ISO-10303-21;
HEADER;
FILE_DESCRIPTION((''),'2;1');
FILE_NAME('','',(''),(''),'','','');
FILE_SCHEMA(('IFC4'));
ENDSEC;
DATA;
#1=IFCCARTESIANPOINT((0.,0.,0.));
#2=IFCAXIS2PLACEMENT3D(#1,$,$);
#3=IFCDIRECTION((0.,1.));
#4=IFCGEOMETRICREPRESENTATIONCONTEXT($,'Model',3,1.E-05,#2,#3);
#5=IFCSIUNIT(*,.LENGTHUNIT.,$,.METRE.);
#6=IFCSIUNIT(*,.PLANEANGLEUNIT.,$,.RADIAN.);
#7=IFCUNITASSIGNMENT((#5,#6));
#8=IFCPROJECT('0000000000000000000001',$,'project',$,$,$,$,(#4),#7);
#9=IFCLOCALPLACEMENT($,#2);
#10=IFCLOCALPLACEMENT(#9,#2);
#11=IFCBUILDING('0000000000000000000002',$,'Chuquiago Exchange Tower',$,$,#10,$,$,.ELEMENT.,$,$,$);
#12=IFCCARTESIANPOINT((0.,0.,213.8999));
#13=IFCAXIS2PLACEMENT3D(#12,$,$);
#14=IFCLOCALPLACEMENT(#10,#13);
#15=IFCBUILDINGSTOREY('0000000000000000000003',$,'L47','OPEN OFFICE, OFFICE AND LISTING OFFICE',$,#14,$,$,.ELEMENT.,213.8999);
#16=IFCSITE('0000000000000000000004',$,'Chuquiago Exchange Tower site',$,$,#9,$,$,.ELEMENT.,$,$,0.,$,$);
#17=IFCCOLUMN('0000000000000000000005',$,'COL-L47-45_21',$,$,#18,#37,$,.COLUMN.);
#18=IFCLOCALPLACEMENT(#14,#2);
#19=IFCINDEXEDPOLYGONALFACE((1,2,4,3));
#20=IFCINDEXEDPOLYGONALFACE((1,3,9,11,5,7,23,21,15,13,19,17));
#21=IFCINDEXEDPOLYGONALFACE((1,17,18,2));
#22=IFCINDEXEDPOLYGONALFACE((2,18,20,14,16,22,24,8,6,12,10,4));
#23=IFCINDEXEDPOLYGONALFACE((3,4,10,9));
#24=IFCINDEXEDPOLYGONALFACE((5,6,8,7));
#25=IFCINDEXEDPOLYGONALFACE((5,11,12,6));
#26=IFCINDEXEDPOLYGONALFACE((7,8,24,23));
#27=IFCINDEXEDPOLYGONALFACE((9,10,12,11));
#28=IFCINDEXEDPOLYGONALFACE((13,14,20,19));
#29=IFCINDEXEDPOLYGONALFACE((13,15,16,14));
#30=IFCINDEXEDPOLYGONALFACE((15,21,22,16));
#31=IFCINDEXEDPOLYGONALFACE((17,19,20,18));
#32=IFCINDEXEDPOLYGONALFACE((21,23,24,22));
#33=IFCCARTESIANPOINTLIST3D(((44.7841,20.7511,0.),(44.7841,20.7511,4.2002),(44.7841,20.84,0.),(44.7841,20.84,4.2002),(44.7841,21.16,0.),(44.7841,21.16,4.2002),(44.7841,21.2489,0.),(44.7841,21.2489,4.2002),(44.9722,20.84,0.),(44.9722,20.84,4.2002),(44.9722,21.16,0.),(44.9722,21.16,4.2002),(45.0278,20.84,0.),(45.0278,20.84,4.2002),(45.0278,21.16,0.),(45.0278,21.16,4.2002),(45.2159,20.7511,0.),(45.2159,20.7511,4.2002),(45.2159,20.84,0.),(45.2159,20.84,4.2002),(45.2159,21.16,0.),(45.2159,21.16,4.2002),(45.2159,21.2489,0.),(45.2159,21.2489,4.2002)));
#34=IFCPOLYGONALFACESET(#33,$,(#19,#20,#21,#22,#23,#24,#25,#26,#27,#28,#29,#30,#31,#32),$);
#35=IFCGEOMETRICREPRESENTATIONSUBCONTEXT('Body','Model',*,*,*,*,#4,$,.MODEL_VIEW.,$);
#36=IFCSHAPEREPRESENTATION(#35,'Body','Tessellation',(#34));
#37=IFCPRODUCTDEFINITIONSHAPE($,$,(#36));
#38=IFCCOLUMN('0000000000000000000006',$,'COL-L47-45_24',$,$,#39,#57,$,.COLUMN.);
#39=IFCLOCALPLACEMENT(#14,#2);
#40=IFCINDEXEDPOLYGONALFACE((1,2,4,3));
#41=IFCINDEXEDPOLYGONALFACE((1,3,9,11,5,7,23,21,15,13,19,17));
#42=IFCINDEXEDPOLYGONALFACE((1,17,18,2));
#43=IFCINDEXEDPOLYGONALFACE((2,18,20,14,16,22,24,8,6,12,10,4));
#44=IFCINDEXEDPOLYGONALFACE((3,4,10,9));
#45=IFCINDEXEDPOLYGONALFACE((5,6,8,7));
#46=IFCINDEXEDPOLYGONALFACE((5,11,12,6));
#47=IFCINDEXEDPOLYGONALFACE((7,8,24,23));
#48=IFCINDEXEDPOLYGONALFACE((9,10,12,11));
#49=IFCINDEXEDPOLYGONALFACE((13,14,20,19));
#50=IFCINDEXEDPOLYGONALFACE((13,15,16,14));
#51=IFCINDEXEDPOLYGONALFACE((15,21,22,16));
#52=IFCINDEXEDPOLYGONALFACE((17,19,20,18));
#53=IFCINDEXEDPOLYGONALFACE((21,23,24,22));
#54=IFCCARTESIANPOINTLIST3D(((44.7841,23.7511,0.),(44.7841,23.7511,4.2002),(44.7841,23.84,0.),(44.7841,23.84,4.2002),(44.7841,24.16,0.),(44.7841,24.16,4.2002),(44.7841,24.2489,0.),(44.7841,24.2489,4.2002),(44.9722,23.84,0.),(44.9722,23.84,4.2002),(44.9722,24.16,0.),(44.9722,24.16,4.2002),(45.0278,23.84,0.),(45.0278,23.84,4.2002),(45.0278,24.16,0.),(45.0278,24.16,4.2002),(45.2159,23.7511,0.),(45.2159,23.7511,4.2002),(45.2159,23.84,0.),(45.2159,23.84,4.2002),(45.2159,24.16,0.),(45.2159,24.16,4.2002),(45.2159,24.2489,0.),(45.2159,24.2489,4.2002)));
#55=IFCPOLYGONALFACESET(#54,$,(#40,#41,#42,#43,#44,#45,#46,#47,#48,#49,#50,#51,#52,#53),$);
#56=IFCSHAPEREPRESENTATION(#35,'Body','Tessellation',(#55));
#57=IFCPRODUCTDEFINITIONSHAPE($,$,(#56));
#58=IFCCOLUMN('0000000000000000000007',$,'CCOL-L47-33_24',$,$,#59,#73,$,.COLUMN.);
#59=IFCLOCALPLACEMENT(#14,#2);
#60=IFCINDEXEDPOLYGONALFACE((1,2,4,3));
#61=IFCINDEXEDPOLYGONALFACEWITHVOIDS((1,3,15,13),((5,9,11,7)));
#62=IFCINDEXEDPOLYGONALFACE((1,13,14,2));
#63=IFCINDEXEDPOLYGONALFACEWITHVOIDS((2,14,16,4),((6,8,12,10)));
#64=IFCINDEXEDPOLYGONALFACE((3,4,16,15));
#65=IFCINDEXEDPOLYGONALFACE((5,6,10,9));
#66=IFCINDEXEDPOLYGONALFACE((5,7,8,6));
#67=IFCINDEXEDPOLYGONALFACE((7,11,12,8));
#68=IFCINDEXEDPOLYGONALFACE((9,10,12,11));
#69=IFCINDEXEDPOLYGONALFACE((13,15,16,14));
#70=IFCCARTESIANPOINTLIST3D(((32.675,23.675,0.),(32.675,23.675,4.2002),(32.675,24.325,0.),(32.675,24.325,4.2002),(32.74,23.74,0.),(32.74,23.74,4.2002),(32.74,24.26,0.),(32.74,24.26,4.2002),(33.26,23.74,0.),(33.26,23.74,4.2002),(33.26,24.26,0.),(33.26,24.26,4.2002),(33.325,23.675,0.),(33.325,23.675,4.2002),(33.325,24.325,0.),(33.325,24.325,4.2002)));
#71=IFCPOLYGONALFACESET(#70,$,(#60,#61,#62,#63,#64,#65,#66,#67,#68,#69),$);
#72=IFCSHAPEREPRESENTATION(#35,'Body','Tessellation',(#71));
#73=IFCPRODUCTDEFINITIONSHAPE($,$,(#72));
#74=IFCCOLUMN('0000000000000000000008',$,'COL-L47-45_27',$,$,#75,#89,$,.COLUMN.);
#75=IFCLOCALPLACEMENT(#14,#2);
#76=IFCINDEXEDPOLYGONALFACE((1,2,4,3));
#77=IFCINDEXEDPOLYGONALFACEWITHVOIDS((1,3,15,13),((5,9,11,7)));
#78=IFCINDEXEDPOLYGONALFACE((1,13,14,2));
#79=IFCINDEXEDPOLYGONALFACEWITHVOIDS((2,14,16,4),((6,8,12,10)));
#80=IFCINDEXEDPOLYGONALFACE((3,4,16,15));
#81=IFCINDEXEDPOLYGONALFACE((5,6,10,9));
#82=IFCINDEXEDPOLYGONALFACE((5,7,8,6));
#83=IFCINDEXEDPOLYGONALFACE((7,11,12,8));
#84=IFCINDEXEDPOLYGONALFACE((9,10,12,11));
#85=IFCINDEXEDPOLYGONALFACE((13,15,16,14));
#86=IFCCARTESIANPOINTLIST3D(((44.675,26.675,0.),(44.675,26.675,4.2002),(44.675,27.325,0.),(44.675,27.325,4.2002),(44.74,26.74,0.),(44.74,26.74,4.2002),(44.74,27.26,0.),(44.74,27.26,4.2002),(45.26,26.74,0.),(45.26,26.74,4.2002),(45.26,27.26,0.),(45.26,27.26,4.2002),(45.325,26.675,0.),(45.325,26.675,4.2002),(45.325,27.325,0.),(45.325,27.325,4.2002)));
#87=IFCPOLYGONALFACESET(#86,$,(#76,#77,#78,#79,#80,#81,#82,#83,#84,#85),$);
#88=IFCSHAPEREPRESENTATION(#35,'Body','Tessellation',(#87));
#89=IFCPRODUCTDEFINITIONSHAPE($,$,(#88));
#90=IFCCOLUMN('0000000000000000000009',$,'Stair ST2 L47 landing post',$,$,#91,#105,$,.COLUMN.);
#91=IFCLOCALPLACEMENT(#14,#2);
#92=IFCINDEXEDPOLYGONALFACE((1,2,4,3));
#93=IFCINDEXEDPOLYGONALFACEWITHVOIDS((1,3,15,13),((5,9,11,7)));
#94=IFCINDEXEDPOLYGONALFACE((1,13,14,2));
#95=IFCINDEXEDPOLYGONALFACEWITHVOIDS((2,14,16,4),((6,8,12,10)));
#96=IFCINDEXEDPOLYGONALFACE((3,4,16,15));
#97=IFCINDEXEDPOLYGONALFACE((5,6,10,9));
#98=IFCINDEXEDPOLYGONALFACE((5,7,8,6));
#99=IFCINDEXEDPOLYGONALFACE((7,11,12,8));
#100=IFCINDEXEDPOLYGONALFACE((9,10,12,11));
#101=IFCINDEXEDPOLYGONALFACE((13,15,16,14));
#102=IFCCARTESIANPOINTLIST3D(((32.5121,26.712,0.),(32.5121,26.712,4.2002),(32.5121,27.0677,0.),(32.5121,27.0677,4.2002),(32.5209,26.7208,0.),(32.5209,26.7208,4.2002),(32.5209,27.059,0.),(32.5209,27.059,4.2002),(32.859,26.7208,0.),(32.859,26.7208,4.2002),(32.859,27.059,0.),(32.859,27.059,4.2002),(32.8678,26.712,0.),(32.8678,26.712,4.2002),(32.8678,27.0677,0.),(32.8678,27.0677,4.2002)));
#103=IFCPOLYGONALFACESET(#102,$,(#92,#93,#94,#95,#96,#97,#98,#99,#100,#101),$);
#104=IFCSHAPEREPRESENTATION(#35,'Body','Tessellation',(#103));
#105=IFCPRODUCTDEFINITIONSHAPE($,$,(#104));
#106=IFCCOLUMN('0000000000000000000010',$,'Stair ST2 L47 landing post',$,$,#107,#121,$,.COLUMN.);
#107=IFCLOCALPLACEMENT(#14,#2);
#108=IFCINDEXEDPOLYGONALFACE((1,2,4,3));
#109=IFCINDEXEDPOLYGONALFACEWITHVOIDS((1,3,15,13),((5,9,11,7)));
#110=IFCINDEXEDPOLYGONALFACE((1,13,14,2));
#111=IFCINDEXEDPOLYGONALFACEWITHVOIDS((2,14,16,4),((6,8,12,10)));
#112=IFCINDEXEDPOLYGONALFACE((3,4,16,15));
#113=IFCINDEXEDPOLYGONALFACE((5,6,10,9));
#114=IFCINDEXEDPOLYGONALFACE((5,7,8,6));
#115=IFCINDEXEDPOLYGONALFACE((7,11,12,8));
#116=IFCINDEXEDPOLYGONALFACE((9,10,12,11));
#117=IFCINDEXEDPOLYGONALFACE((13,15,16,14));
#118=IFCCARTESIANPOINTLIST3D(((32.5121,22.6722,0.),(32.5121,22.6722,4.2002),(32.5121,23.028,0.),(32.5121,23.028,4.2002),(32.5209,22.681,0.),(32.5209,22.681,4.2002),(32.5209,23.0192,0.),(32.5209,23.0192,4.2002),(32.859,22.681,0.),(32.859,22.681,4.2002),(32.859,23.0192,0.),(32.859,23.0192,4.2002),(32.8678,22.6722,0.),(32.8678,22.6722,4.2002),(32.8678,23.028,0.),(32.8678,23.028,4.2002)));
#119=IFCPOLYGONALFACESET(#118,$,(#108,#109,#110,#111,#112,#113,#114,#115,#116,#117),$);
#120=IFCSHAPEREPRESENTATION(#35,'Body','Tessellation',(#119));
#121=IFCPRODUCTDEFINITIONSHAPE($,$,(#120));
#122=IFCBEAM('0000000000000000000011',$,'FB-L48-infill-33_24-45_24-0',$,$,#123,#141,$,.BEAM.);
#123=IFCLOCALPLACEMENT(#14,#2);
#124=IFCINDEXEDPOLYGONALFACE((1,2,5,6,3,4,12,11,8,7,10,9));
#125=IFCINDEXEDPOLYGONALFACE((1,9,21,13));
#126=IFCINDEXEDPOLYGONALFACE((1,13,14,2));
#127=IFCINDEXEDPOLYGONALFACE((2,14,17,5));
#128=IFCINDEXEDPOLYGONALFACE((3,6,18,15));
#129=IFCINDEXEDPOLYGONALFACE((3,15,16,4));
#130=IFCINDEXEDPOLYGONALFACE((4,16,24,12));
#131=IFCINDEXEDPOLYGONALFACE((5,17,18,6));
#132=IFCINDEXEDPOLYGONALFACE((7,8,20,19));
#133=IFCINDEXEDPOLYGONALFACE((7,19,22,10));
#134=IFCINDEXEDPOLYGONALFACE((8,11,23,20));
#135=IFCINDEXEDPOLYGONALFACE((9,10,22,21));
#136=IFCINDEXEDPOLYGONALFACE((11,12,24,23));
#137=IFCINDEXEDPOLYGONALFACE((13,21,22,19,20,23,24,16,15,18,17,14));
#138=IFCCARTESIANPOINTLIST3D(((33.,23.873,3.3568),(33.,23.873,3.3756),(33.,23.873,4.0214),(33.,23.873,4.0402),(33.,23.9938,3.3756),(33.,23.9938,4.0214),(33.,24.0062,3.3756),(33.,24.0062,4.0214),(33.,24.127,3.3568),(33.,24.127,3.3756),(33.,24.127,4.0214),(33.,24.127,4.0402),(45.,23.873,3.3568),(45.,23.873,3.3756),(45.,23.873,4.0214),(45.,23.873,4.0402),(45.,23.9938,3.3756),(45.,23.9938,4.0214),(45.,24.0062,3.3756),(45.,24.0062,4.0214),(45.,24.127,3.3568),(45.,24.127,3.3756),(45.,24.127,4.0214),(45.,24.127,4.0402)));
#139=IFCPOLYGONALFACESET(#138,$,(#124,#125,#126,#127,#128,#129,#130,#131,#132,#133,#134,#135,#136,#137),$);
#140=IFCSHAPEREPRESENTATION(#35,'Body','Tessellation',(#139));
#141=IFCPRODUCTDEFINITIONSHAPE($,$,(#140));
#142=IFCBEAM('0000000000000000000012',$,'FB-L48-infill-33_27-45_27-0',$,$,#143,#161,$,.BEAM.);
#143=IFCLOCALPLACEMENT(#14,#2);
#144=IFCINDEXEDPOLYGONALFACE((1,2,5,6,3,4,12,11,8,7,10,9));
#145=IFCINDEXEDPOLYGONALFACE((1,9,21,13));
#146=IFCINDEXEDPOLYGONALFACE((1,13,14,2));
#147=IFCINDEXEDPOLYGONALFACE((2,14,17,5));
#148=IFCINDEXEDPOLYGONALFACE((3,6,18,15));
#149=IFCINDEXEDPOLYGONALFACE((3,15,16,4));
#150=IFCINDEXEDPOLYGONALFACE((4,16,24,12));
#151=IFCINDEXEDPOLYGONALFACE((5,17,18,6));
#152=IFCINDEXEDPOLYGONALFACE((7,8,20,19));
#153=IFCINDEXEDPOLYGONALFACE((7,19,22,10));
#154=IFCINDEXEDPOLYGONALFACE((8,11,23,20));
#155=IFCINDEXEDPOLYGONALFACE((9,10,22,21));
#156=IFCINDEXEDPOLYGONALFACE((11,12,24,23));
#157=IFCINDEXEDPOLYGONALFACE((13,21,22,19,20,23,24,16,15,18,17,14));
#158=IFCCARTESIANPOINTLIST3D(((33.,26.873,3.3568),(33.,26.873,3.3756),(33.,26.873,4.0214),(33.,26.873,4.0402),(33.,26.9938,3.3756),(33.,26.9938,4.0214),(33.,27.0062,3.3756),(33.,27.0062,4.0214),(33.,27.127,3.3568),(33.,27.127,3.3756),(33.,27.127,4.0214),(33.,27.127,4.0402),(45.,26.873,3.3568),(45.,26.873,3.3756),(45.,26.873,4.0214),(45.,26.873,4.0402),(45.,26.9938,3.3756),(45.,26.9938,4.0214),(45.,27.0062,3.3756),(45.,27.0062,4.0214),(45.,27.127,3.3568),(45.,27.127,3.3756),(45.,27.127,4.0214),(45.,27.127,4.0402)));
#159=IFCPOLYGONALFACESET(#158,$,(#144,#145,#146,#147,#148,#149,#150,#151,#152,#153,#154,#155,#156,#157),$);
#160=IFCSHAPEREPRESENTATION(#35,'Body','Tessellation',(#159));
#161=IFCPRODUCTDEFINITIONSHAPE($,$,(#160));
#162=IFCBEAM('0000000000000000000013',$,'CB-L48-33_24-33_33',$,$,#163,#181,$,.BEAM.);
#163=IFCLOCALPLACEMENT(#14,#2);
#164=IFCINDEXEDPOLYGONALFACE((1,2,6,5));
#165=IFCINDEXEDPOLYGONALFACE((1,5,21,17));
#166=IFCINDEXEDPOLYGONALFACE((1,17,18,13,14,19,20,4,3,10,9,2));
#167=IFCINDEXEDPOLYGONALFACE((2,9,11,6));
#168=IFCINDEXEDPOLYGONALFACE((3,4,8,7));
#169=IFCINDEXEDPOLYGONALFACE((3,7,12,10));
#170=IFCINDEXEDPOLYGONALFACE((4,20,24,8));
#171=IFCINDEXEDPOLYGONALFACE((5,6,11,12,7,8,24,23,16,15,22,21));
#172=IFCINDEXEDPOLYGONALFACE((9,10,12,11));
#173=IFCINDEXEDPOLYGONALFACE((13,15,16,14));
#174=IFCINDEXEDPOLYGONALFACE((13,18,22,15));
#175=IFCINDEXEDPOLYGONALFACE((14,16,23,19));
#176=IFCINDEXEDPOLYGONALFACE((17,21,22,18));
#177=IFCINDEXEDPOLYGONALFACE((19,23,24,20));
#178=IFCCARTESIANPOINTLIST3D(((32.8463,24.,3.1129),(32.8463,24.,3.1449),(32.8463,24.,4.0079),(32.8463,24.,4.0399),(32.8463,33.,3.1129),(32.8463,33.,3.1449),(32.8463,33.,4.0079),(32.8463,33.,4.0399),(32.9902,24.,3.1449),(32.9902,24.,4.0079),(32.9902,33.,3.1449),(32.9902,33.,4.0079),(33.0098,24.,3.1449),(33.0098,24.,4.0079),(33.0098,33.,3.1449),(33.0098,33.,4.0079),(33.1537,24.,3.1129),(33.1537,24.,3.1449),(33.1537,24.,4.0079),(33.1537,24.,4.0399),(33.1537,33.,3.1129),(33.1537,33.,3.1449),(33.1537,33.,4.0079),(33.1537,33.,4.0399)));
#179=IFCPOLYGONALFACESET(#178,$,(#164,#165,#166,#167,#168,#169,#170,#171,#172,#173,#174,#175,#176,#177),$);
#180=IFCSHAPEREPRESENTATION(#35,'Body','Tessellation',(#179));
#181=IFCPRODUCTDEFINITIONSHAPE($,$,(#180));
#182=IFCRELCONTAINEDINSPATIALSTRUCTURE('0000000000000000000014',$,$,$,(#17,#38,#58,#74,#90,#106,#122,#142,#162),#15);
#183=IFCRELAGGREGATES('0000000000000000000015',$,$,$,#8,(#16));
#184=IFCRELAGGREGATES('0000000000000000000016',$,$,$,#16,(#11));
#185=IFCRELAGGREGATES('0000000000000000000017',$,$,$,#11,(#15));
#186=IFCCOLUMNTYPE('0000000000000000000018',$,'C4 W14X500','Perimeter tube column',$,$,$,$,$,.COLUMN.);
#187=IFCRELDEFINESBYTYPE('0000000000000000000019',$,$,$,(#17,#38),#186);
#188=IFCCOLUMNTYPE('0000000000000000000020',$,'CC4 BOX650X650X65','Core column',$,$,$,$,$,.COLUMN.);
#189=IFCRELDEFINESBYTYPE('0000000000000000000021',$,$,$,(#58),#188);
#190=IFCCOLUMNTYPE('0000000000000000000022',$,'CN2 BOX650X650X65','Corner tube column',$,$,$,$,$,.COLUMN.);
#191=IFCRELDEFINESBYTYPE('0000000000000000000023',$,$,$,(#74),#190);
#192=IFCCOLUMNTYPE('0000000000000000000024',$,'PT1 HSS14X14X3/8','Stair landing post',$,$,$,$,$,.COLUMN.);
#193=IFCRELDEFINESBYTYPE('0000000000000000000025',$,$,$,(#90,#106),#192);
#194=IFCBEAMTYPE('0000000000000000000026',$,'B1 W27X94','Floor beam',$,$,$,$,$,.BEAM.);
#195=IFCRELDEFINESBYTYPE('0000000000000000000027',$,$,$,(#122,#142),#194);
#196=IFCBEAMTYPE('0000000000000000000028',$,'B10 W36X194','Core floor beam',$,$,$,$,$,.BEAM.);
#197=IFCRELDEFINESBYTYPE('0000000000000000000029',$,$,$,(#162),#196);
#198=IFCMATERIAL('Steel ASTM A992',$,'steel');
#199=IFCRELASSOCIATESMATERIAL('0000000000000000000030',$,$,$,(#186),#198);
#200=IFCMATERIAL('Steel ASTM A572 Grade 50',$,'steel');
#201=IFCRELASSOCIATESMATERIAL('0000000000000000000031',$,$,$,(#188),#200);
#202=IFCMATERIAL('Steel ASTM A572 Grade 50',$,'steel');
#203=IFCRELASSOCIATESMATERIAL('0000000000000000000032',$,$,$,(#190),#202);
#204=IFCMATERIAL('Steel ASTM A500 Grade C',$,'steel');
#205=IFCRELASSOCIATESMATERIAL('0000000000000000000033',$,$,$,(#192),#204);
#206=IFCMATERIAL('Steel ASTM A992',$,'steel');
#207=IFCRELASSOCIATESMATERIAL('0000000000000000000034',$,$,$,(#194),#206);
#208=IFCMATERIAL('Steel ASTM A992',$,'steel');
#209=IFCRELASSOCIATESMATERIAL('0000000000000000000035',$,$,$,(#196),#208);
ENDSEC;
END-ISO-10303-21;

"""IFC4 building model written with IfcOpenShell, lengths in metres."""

from ifc_helpers import new_model, si_unit, direction, frame, origin, origin_2d, place, context, subcontext, project, spatial, hollow_rectangle, i_section, extrude, material, material_profile, profile_set, type_object, element, save


model = new_model("IFC4")

# Units and contexts
model_context = context("Model", 3, precision=1e-05, world=origin(), true_north=direction((0.0, 1.0)))
body_context = subcontext(model_context, "Body", "Model", "MODEL_VIEW")
ifc_project = project(units=[si_unit("LENGTHUNIT", "METRE"), si_unit("PLANEANGLEUNIT", "RADIAN")], contexts=[model_context])

# Site, building, storey
site_placement = place(None, origin())
site = spatial("IfcSite", under=ifc_project, at=site_placement, Name="Chuquiago Exchange Tower site", CompositionType="ELEMENT", RefElevation=0.0)
building_placement = place(site_placement, origin())
building = spatial("IfcBuilding", under=site, at=building_placement, Name="Chuquiago Exchange Tower", CompositionType="ELEMENT")
storey_placement = place(building_placement, frame((0.0, 0.0, 213.8999)))
storey = spatial("IfcBuildingStorey", under=building, at=storey_placement, Name="L47", Description="OPEN OFFICE, OFFICE AND LISTING OFFICE", CompositionType="ELEMENT", Elevation=213.8999)

# Columns
ifc_material_1 = material(Name="Steel ASTM A992", Category="steel")
ifc_material_profile_1 = material_profile(ifc_material_1, i_section(OverallWidth=0.4319, OverallDepth=0.4978, WebThickness=0.0557, FlangeThickness=0.0889, at=origin_2d()), Name="W14X500")
ifc_profile_set_1 = profile_set([ifc_material_profile_1], Name="Steel ASTM A992")
column_type_1 = type_object("IfcColumnType", Name="C4 W14X500", Description="Perimeter tube column", PredefinedType="COLUMN", material=ifc_profile_set_1)
for number, where, z_axis, x_axis, name in (
    (1, (45.0, 21.0, 0.0), (0.0, 0.0, 1.0), (1.0, 0.0, 0.0), "COL-L47-45_21"),
    (2, (45.0, 24.0, 0.0), (0.0, 0.0, 1.0), (1.0, 0.0, 0.0), "COL-L47-45_24"),
):
    element("IfcColumn", number, at=place(storey_placement, frame(where, z_axis=z_axis, x_axis=x_axis)), inside=storey, type_object=column_type_1, Name=name, PredefinedType="COLUMN", context=body_context, shape_type="SweptSolid", body=[
        extrude(i_section(OverallWidth=0.4319, OverallDepth=0.4978, WebThickness=0.0557, FlangeThickness=0.0889, at=origin_2d()), origin(), (0.0, 0.0, 1.0), 4.2002),
    ])
ifc_material_2 = material(Name="Steel ASTM A572 Grade 50", Category="steel")
ifc_material_profile_2 = material_profile(ifc_material_2, hollow_rectangle(XDim=0.6499, YDim=0.6499, WallThickness=0.0649, at=origin_2d()), Name="BOX650X650X65")
ifc_profile_set_2 = profile_set([ifc_material_profile_2], Name="Steel ASTM A572 Grade 50")
column_type_2 = type_object("IfcColumnType", Name="CC4 BOX650X650X65", Description="Core column", PredefinedType="COLUMN", material=ifc_profile_set_2)
column_1_placement = place(storey_placement, frame((33.0, 24.0, 0.0), z_axis=(0.0, 0.0, 1.0), x_axis=(1.0, 0.0, 0.0)))
element("IfcColumn", 3, at=column_1_placement, inside=storey, type_object=column_type_2, Name="CCOL-L47-33_24", PredefinedType="COLUMN", context=body_context, shape_type="SweptSolid", body=[
    extrude(hollow_rectangle(XDim=0.6499, YDim=0.6499, WallThickness=0.0649, at=origin_2d()), origin(), (0.0, 0.0, 1.0), 4.2002),
])
ifc_material_3 = material(Name="Steel ASTM A572 Grade 50", Category="steel")
ifc_material_profile_3 = material_profile(ifc_material_3, hollow_rectangle(XDim=0.6499, YDim=0.6499, WallThickness=0.0649, at=origin_2d()), Name="BOX650X650X65")
ifc_profile_set_3 = profile_set([ifc_material_profile_3], Name="Steel ASTM A572 Grade 50")
column_type_3 = type_object("IfcColumnType", Name="CN2 BOX650X650X65", Description="Corner tube column", PredefinedType="COLUMN", material=ifc_profile_set_3)
column_2_placement = place(storey_placement, frame((45.0, 27.0, 0.0), z_axis=(0.0, 0.0, 1.0), x_axis=(1.0, 0.0, 0.0)))
element("IfcColumn", 4, at=column_2_placement, inside=storey, type_object=column_type_3, Name="COL-L47-45_27", PredefinedType="COLUMN", context=body_context, shape_type="SweptSolid", body=[
    extrude(hollow_rectangle(XDim=0.6499, YDim=0.6499, WallThickness=0.0649, at=origin_2d()), origin(), (0.0, 0.0, 1.0), 4.2002),
])
ifc_material_4 = material(Name="Steel ASTM A500 Grade C", Category="steel")
ifc_material_profile_4 = material_profile(ifc_material_4, hollow_rectangle(XDim=0.3557, YDim=0.3557, WallThickness=0.0088, at=origin_2d()), Name="HSS14X14X3/8")
ifc_profile_set_4 = profile_set([ifc_material_profile_4], Name="Steel ASTM A500 Grade C")
column_type_4 = type_object("IfcColumnType", Name="PT1 HSS14X14X3/8", Description="Stair landing post", PredefinedType="COLUMN", material=ifc_profile_set_4)
for number, where, z_axis, x_axis, name in (
    (5, (32.6899, 26.8899, 0.0), (0.0, 0.0, 1.0), (1.0, 0.0, 0.0), "Stair ST2 L47 landing post"),
    (6, (32.6899, 22.8501, 0.0), (0.0, 0.0, 1.0), (1.0, 0.0, 0.0), "Stair ST2 L47 landing post"),
):
    element("IfcColumn", number, at=place(storey_placement, frame(where, z_axis=z_axis, x_axis=x_axis)), inside=storey, type_object=column_type_4, Name=name, PredefinedType="COLUMN", context=body_context, shape_type="SweptSolid", body=[
        extrude(hollow_rectangle(XDim=0.3557, YDim=0.3557, WallThickness=0.0088, at=origin_2d()), origin(), (0.0, 0.0, 1.0), 4.2002),
    ])

# Beams
ifc_material_5 = material(Name="Steel ASTM A992", Category="steel")
ifc_material_profile_5 = material_profile(ifc_material_5, i_section(OverallWidth=0.2539, OverallDepth=0.6833, WebThickness=0.0125, FlangeThickness=0.0188, at=origin_2d()), Name="W27X94")
ifc_profile_set_5 = profile_set([ifc_material_profile_5], Name="Steel ASTM A992")
beam_type_1 = type_object("IfcBeamType", Name="B1 W27X94", Description="Floor beam", PredefinedType="BEAM", material=ifc_profile_set_5)
for number, where, z_axis, x_axis, name in (
    (7, (33.0, 24.0, 3.6985), (1.0, 0.0, 0.0), (0.0, 1.0, 0.0), "FB-L48-infill-33_24-45_24-0"),
    (8, (33.0, 27.0, 3.6985), (1.0, 0.0, 0.0), (0.0, 1.0, 0.0), "FB-L48-infill-33_27-45_27-0"),
):
    element("IfcBeam", number, at=place(storey_placement, frame(where, z_axis=z_axis, x_axis=x_axis)), inside=storey, type_object=beam_type_1, Name=name, PredefinedType="BEAM", context=body_context, shape_type="SweptSolid", body=[
        extrude(i_section(OverallWidth=0.2539, OverallDepth=0.6833, WebThickness=0.0125, FlangeThickness=0.0188, at=origin_2d()), origin(), (0.0, 0.0, 1.0), 12.0),
    ])
ifc_material_6 = material(Name="Steel ASTM A992", Category="steel")
ifc_material_profile_6 = material_profile(ifc_material_6, i_section(OverallWidth=0.3074, OverallDepth=0.927, WebThickness=0.0195, FlangeThickness=0.032, at=origin_2d()), Name="W36X194")
ifc_profile_set_6 = profile_set([ifc_material_profile_6], Name="Steel ASTM A992")
beam_type_2 = type_object("IfcBeamType", Name="B10 W36X194", Description="Core floor beam", PredefinedType="BEAM", material=ifc_profile_set_6)
beam_1_placement = place(storey_placement, frame((33.0, 24.0, 3.5764), z_axis=(0.0, 1.0, 0.0), x_axis=(-1.0, 0.0, 0.0)))
element("IfcBeam", 9, at=beam_1_placement, inside=storey, type_object=beam_type_2, Name="CB-L48-33_24-33_33", PredefinedType="BEAM", context=body_context, shape_type="SweptSolid", body=[
    extrude(i_section(OverallWidth=0.3074, OverallDepth=0.927, WebThickness=0.0195, FlangeThickness=0.032, at=origin_2d()), origin(), (0.0, 0.0, 1.0), 9.0),
])

save(model, "model.ifc")
